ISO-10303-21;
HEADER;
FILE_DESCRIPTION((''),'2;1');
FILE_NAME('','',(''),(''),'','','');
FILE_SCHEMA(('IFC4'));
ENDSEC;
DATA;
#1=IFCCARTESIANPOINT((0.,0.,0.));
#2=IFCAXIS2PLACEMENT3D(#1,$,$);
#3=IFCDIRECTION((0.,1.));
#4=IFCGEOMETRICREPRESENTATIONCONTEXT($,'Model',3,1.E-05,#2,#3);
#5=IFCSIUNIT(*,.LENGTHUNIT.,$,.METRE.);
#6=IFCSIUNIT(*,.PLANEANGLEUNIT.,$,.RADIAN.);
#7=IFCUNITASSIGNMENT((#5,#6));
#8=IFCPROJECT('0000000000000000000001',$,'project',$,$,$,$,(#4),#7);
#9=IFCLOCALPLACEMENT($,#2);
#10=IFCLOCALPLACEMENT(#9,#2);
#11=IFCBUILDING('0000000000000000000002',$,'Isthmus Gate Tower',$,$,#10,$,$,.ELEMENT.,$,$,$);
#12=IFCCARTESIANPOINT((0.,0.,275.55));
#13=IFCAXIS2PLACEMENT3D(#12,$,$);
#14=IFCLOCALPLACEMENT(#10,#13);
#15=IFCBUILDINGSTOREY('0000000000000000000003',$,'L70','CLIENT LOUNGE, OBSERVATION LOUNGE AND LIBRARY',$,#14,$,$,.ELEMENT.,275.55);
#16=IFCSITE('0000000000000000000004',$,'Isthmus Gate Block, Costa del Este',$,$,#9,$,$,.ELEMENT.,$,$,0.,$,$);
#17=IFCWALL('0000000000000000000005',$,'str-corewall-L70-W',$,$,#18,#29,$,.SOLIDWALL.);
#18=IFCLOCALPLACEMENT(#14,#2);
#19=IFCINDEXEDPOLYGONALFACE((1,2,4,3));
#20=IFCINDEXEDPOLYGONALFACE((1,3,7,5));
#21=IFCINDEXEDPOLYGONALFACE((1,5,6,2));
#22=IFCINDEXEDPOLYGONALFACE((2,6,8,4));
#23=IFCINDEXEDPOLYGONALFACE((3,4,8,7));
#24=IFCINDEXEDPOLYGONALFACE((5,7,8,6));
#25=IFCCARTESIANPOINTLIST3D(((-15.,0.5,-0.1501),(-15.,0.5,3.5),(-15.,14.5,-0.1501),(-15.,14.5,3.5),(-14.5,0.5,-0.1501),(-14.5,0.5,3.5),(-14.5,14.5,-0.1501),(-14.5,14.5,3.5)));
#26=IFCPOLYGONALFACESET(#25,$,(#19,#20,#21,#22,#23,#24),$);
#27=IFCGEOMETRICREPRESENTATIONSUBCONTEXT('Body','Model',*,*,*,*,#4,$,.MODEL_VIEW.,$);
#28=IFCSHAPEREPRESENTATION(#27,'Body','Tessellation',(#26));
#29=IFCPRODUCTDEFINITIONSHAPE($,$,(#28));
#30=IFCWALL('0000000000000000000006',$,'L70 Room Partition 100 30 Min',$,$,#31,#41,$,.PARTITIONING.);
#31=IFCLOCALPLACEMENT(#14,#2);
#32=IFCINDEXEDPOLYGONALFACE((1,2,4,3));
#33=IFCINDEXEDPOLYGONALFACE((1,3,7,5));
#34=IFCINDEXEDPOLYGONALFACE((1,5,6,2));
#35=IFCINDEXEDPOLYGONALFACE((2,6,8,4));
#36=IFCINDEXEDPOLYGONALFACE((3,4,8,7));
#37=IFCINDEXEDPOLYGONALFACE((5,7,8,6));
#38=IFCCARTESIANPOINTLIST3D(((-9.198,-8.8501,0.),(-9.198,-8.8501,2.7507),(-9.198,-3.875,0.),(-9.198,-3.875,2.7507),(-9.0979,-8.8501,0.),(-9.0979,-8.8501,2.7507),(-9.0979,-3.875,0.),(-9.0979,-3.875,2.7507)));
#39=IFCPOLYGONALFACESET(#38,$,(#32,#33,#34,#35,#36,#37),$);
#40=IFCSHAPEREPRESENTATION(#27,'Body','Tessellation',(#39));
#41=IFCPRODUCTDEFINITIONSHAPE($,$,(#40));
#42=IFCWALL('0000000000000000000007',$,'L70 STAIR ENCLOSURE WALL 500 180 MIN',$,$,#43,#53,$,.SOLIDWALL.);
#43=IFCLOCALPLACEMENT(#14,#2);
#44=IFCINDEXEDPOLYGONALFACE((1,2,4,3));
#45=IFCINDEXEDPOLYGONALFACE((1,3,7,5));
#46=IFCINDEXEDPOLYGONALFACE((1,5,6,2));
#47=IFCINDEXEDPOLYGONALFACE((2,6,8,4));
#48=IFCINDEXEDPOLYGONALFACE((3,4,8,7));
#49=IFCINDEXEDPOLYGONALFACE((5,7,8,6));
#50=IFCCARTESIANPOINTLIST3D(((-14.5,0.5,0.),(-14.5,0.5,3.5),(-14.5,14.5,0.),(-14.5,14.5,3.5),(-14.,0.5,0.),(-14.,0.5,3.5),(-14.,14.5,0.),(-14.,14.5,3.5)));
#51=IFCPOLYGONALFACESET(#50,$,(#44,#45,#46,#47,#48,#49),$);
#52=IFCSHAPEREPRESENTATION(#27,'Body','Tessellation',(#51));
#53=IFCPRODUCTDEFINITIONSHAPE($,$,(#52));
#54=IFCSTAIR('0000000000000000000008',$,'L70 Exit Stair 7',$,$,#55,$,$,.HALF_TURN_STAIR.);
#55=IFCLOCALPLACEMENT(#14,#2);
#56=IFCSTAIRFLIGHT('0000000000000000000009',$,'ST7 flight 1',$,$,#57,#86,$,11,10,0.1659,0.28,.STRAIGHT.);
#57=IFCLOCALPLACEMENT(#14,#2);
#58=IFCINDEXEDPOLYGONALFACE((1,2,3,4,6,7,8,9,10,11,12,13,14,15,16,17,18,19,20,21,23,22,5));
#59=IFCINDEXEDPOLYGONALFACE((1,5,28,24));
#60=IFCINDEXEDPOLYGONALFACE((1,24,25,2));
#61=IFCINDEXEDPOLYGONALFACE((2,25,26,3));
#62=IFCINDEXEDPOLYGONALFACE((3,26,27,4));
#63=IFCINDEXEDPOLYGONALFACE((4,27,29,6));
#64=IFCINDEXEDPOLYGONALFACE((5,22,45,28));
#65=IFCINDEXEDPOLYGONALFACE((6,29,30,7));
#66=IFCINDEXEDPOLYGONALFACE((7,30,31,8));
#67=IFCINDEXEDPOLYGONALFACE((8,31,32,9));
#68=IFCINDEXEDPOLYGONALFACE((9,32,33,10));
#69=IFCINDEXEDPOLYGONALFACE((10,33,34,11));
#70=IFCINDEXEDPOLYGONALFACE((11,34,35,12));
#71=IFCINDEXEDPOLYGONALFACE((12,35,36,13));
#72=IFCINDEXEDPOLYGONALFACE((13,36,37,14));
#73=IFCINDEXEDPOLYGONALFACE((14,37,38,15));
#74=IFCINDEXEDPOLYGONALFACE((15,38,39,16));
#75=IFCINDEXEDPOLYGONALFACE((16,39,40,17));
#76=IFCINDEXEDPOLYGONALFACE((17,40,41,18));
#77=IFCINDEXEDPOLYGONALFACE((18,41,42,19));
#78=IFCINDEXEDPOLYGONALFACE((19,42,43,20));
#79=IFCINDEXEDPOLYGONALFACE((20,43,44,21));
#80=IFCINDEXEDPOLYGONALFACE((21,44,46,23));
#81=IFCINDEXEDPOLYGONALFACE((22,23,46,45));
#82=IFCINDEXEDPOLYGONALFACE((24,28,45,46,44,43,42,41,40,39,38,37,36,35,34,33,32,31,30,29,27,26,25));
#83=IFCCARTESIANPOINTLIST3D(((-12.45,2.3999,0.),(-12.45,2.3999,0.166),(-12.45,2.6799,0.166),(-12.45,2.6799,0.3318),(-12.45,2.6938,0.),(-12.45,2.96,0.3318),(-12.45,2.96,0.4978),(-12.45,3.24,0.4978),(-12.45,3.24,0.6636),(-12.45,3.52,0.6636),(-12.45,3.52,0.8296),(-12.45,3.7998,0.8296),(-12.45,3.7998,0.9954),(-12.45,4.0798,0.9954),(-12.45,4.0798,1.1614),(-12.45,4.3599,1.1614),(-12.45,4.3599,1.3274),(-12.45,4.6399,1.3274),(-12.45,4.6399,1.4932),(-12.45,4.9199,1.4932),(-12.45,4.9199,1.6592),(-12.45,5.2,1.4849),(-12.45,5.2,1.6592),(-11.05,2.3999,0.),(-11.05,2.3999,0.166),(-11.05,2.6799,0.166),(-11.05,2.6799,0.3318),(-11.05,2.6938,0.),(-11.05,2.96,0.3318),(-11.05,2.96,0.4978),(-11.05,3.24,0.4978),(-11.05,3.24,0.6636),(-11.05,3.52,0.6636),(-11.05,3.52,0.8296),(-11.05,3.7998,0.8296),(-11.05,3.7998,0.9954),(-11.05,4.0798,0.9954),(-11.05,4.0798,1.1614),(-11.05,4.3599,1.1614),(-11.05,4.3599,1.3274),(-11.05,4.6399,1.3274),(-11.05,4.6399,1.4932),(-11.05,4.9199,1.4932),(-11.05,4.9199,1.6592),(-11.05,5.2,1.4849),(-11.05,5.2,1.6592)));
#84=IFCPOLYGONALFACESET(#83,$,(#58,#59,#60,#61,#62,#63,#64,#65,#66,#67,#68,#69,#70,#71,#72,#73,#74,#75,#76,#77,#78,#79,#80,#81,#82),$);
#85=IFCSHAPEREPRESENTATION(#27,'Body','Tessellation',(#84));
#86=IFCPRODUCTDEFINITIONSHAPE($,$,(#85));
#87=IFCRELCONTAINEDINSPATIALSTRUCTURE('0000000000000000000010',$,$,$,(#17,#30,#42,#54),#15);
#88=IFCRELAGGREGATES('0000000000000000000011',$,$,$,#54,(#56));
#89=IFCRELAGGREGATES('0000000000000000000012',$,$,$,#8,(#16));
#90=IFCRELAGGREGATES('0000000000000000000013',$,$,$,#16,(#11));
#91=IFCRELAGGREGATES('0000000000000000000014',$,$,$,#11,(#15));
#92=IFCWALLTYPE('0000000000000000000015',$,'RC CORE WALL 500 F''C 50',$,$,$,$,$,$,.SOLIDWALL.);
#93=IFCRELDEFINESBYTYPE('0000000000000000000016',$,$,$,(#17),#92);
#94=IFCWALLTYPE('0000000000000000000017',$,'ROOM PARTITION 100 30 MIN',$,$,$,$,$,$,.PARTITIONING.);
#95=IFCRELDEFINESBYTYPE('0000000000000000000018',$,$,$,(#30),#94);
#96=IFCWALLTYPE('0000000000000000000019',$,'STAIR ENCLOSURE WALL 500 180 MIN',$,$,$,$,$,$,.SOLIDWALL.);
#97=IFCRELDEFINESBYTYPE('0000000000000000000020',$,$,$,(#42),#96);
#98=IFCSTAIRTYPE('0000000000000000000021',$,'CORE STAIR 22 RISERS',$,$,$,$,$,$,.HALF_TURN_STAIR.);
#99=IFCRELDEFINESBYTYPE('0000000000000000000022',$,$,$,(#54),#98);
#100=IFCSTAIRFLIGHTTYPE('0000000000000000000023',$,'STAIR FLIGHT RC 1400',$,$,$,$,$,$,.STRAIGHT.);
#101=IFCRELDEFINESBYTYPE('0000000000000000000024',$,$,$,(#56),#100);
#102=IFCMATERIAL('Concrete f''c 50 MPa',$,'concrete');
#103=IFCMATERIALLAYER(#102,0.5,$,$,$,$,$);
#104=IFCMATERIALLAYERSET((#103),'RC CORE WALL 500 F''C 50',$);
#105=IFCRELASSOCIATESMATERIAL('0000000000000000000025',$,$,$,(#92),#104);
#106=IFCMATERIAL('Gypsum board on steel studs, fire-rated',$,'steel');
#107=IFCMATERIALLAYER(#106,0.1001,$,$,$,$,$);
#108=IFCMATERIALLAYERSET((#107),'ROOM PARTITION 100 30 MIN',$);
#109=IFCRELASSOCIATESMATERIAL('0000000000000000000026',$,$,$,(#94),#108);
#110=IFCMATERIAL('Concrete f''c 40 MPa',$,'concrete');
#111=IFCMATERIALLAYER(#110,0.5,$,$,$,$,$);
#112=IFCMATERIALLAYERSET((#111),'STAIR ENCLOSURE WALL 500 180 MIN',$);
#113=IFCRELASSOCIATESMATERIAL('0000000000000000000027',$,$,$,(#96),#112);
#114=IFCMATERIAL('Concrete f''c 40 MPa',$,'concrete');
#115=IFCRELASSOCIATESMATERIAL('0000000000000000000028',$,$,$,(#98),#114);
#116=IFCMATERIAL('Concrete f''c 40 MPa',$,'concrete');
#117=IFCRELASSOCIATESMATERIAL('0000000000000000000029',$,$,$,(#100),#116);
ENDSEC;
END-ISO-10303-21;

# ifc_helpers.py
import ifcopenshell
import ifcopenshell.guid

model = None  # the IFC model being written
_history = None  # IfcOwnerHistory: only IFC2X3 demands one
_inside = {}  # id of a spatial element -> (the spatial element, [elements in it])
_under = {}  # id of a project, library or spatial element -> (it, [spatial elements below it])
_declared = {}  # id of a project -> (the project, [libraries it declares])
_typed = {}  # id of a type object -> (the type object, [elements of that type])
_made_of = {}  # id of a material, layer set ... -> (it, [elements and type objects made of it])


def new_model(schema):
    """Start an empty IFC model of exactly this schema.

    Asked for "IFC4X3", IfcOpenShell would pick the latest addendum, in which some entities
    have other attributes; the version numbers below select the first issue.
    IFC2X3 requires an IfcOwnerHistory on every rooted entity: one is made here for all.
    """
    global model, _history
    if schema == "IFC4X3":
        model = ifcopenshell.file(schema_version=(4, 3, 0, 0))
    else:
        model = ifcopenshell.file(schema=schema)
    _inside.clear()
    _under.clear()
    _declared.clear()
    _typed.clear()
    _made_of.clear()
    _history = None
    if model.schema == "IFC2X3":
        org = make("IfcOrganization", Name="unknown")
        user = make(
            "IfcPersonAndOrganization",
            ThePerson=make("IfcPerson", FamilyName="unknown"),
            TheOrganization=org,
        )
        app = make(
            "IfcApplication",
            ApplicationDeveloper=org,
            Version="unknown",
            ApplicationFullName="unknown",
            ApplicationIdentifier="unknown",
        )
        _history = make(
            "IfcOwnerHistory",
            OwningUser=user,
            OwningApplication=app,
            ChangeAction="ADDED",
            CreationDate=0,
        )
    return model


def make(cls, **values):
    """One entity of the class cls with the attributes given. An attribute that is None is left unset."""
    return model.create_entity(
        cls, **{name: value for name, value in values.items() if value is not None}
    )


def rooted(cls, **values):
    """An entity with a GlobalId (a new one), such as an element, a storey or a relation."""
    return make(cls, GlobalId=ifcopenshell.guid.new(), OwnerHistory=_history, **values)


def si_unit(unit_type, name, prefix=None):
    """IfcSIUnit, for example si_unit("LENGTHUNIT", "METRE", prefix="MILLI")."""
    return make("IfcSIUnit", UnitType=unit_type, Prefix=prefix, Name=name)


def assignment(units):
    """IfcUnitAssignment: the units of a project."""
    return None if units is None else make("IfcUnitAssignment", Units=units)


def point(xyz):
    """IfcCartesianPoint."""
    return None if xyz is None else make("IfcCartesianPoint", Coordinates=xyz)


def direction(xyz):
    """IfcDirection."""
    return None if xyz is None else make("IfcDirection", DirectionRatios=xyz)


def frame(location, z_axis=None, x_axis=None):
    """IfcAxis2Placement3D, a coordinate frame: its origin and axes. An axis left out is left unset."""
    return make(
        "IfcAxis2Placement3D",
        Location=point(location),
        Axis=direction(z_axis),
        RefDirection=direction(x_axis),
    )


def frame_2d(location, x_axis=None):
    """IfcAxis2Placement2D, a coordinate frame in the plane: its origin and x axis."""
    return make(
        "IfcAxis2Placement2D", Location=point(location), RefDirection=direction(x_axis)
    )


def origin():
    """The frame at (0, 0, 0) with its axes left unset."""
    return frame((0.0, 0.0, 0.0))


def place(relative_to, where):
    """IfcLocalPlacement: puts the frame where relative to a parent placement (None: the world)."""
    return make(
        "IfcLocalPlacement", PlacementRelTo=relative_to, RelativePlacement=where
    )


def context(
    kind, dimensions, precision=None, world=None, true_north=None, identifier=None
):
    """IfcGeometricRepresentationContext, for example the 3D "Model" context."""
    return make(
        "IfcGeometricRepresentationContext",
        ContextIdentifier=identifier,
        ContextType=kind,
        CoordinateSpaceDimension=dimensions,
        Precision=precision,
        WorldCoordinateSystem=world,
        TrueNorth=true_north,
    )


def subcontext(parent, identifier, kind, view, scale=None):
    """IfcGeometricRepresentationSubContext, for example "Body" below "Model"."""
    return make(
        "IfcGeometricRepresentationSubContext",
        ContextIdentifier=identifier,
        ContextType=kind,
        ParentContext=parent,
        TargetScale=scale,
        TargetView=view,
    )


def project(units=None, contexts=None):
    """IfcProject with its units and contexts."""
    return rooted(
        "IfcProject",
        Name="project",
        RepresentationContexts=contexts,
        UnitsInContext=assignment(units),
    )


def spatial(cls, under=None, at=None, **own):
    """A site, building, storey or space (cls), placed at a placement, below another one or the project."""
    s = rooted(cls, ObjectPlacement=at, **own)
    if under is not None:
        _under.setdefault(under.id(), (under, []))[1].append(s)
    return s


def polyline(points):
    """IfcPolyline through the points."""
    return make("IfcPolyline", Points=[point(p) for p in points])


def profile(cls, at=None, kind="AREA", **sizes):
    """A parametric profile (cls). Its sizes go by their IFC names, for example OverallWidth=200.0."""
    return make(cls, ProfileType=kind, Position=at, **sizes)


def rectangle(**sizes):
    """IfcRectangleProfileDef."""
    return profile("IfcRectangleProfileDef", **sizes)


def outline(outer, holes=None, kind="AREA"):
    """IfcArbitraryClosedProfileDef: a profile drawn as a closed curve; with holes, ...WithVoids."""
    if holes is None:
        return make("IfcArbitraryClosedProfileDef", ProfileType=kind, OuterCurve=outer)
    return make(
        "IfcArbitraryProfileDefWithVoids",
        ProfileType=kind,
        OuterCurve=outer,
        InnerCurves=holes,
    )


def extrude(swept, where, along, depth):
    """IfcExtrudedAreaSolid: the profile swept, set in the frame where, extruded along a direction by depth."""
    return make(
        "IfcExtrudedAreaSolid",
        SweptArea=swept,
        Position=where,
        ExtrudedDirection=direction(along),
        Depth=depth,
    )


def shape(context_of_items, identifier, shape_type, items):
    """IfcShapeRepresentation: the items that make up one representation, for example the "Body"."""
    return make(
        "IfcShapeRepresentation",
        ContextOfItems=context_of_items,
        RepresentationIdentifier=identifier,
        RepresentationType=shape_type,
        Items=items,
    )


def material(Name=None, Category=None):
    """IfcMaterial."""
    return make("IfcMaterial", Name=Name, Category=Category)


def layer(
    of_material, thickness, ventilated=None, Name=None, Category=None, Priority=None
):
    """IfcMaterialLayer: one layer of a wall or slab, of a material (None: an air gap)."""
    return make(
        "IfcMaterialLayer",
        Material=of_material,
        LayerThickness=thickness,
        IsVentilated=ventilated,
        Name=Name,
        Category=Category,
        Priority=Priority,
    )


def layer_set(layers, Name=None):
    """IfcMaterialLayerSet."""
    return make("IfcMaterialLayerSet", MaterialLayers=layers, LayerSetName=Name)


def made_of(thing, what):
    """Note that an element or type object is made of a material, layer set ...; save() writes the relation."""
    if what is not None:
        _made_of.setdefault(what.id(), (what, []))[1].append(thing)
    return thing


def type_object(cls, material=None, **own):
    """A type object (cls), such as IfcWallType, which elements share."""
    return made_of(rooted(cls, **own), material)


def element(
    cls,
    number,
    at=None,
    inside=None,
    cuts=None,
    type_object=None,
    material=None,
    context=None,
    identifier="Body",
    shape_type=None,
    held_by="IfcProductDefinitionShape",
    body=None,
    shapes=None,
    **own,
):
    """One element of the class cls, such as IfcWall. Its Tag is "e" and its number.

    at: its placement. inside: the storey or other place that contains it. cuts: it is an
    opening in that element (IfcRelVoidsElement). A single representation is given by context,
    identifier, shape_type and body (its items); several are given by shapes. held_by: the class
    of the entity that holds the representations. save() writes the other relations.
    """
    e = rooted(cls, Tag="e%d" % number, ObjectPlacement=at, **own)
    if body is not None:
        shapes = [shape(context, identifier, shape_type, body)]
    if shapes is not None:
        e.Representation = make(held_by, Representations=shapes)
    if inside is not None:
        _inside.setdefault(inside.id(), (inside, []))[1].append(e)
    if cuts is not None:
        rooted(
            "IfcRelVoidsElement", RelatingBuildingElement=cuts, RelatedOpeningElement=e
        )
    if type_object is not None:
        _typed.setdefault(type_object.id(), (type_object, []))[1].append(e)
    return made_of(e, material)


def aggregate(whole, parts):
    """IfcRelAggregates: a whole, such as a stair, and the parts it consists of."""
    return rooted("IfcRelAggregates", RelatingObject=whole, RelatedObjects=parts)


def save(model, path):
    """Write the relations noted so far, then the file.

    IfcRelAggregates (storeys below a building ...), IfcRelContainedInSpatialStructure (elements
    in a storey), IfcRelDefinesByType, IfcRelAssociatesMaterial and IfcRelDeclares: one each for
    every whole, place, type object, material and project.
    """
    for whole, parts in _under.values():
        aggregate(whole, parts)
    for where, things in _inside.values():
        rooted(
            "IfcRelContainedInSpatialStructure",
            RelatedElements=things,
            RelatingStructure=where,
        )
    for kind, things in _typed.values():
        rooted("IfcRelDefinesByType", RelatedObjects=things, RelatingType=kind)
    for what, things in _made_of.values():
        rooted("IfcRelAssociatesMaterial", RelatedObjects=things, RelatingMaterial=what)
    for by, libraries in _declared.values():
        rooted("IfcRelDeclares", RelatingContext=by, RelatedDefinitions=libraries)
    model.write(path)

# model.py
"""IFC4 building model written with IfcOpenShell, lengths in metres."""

from ifc_helpers import new_model, si_unit, direction, frame, frame_2d, origin, place, context, subcontext, project, spatial, polyline, rectangle, outline, extrude, material, layer, layer_set, type_object, element, aggregate, save


model = new_model("IFC4")

# Units and contexts
model_context = context("Model", 3, precision=1e-05, world=origin(), true_north=direction((0.0, 1.0)))
body_context = subcontext(model_context, "Body", "Model", "MODEL_VIEW")
ifc_project = project(units=[si_unit("LENGTHUNIT", "METRE"), si_unit("PLANEANGLEUNIT", "RADIAN")], contexts=[model_context])

# Site, building, storey
site_placement = place(None, origin())
site = spatial("IfcSite", under=ifc_project, at=site_placement, Name="Isthmus Gate Block, Costa del Este", CompositionType="ELEMENT", RefElevation=0.0)
building_placement = place(site_placement, origin())
building = spatial("IfcBuilding", under=site, at=building_placement, Name="Isthmus Gate Tower", CompositionType="ELEMENT")
storey_placement = place(building_placement, frame((0.0, 0.0, 275.55)))
storey = spatial("IfcBuildingStorey", under=building, at=storey_placement, Name="L70", Description="CLIENT LOUNGE, OBSERVATION LOUNGE AND LIBRARY", CompositionType="ELEMENT", Elevation=275.55)

# Shared definitions
ifc_material_1 = material(Name="Concrete f'c 50 MPa", Category="concrete")
ifc_layer_1 = layer(ifc_material_1, 0.5)
ifc_layer_set_1 = layer_set([ifc_layer_1], Name="RC CORE WALL 500 F'C 50")
wall_type_1 = type_object("IfcWallType", Name="RC CORE WALL 500 F'C 50", PredefinedType="SOLIDWALL", material=ifc_layer_set_1)

# Walls
wall_1_placement = place(storey_placement, frame((-14.75, 0.5, -0.1501), z_axis=(0.0, 0.0, 1.0), x_axis=(0.0, 1.0, 0.0)))
element("IfcWall", 1, at=wall_1_placement, inside=storey, type_object=wall_type_1, Name="str-corewall-L70-W", PredefinedType="SOLIDWALL", context=body_context, shape_type="SweptSolid", body=[
    extrude(rectangle(XDim=14.0, YDim=0.5, at=frame_2d((7.0, 0.0))), origin(), (0.0, 0.0, 1.0), 3.6501),
])
ifc_material_2 = material(Name="Gypsum board on steel studs, fire-rated", Category="steel")
ifc_layer_2 = layer(ifc_material_2, 0.1001)
ifc_layer_set_2 = layer_set([ifc_layer_2], Name="ROOM PARTITION 100 30 MIN")
wall_type_2 = type_object("IfcWallType", Name="ROOM PARTITION 100 30 MIN", PredefinedType="PARTITIONING", material=ifc_layer_set_2)
wall_2_placement = place(storey_placement, frame((-9.1479, -8.8501, 0.0), z_axis=(0.0, 0.0, 1.0), x_axis=(0.0, 1.0, 0.0)))
element("IfcWall", 2, at=wall_2_placement, inside=storey, type_object=wall_type_2, Name="L70 Room Partition 100 30 Min", PredefinedType="PARTITIONING", context=body_context, shape_type="SweptSolid", body=[
    extrude(rectangle(XDim=4.9751, YDim=0.1001, at=frame_2d((2.4875, 0.0))), origin(), (0.0, 0.0, 1.0), 2.7507),
])
ifc_material_3 = material(Name="Concrete f'c 40 MPa", Category="concrete")
ifc_layer_3 = layer(ifc_material_3, 0.5)
ifc_layer_set_3 = layer_set([ifc_layer_3], Name="STAIR ENCLOSURE WALL 500 180 MIN")
wall_type_3 = type_object("IfcWallType", Name="STAIR ENCLOSURE WALL 500 180 MIN", PredefinedType="SOLIDWALL", material=ifc_layer_set_3)
wall_3_placement = place(storey_placement, frame((-14.25, 0.5, 0.0), z_axis=(0.0, 0.0, 1.0), x_axis=(0.0, 1.0, 0.0)))
element("IfcWall", 3, at=wall_3_placement, inside=storey, type_object=wall_type_3, Name="L70 STAIR ENCLOSURE WALL 500 180 MIN", PredefinedType="SOLIDWALL", context=body_context, shape_type="SweptSolid", body=[
    extrude(rectangle(XDim=14.0, YDim=0.5, at=frame_2d((7.0, 0.0))), origin(), (0.0, 0.0, 1.0), 3.5),
])

# Stair, stair flight
ifc_material_4 = material(Name="Concrete f'c 40 MPa", Category="concrete")
stair_type = type_object("IfcStairType", Name="CORE STAIR 22 RISERS", PredefinedType="HALF_TURN_STAIR", material=ifc_material_4)
stair_placement = place(storey_placement, origin())
stair = element("IfcStair", 4, at=stair_placement, inside=storey, type_object=stair_type, Name="L70 Exit Stair 7", PredefinedType="HALF_TURN_STAIR")
ifc_material_5 = material(Name="Concrete f'c 40 MPa", Category="concrete")
stair_flight_type = type_object("IfcStairFlightType", Name="STAIR FLIGHT RC 1400", PredefinedType="STRAIGHT", material=ifc_material_5)
stair_flight_placement = place(storey_placement, frame((-11.75, 2.3999, 0.0), z_axis=(0.0, 0.0, 1.0), x_axis=(0.0, 1.0, 0.0)))
stair_flight = element("IfcStairFlight", 5, at=stair_flight_placement, type_object=stair_flight_type, Name="ST7 flight 1", NumberOfRisers=11, NumberOfTreads=10, PredefinedType="STRAIGHT", RiserHeight=0.1659, TreadLength=0.28, context=body_context, shape_type="SweptSolid", body=[
    extrude(outline(polyline([(0.0, 0.0), (0.0, 0.166), (0.28, 0.166), (0.28, 0.3318), (0.5601, 0.3318), (0.5601, 0.4978), (0.8401, 0.4978), (0.8401, 0.6636), (1.1201, 0.6636), (1.1201, 0.8296), (1.3999, 0.8296), (1.3999, 0.9954), (1.6799, 0.9954), (1.6799, 1.1614), (1.96, 1.1614), (1.96, 1.3274), (2.24, 1.3274), (2.24, 1.4932), (2.52, 1.4932), (2.52, 1.6592), (2.8, 1.6592), (2.8, 1.825), (2.8, 1.4849), (0.2939, 0.0), (0.0, 0.0)])), frame((0.0, 0.7, 0.0), z_axis=(0.0, -1.0, 0.0), x_axis=(1.0, 0.0, 0.0)), (0.0, 0.0, 1.0), 1.3999),
])
aggregate(stair, [stair_flight])

save(model, "model.ifc")
